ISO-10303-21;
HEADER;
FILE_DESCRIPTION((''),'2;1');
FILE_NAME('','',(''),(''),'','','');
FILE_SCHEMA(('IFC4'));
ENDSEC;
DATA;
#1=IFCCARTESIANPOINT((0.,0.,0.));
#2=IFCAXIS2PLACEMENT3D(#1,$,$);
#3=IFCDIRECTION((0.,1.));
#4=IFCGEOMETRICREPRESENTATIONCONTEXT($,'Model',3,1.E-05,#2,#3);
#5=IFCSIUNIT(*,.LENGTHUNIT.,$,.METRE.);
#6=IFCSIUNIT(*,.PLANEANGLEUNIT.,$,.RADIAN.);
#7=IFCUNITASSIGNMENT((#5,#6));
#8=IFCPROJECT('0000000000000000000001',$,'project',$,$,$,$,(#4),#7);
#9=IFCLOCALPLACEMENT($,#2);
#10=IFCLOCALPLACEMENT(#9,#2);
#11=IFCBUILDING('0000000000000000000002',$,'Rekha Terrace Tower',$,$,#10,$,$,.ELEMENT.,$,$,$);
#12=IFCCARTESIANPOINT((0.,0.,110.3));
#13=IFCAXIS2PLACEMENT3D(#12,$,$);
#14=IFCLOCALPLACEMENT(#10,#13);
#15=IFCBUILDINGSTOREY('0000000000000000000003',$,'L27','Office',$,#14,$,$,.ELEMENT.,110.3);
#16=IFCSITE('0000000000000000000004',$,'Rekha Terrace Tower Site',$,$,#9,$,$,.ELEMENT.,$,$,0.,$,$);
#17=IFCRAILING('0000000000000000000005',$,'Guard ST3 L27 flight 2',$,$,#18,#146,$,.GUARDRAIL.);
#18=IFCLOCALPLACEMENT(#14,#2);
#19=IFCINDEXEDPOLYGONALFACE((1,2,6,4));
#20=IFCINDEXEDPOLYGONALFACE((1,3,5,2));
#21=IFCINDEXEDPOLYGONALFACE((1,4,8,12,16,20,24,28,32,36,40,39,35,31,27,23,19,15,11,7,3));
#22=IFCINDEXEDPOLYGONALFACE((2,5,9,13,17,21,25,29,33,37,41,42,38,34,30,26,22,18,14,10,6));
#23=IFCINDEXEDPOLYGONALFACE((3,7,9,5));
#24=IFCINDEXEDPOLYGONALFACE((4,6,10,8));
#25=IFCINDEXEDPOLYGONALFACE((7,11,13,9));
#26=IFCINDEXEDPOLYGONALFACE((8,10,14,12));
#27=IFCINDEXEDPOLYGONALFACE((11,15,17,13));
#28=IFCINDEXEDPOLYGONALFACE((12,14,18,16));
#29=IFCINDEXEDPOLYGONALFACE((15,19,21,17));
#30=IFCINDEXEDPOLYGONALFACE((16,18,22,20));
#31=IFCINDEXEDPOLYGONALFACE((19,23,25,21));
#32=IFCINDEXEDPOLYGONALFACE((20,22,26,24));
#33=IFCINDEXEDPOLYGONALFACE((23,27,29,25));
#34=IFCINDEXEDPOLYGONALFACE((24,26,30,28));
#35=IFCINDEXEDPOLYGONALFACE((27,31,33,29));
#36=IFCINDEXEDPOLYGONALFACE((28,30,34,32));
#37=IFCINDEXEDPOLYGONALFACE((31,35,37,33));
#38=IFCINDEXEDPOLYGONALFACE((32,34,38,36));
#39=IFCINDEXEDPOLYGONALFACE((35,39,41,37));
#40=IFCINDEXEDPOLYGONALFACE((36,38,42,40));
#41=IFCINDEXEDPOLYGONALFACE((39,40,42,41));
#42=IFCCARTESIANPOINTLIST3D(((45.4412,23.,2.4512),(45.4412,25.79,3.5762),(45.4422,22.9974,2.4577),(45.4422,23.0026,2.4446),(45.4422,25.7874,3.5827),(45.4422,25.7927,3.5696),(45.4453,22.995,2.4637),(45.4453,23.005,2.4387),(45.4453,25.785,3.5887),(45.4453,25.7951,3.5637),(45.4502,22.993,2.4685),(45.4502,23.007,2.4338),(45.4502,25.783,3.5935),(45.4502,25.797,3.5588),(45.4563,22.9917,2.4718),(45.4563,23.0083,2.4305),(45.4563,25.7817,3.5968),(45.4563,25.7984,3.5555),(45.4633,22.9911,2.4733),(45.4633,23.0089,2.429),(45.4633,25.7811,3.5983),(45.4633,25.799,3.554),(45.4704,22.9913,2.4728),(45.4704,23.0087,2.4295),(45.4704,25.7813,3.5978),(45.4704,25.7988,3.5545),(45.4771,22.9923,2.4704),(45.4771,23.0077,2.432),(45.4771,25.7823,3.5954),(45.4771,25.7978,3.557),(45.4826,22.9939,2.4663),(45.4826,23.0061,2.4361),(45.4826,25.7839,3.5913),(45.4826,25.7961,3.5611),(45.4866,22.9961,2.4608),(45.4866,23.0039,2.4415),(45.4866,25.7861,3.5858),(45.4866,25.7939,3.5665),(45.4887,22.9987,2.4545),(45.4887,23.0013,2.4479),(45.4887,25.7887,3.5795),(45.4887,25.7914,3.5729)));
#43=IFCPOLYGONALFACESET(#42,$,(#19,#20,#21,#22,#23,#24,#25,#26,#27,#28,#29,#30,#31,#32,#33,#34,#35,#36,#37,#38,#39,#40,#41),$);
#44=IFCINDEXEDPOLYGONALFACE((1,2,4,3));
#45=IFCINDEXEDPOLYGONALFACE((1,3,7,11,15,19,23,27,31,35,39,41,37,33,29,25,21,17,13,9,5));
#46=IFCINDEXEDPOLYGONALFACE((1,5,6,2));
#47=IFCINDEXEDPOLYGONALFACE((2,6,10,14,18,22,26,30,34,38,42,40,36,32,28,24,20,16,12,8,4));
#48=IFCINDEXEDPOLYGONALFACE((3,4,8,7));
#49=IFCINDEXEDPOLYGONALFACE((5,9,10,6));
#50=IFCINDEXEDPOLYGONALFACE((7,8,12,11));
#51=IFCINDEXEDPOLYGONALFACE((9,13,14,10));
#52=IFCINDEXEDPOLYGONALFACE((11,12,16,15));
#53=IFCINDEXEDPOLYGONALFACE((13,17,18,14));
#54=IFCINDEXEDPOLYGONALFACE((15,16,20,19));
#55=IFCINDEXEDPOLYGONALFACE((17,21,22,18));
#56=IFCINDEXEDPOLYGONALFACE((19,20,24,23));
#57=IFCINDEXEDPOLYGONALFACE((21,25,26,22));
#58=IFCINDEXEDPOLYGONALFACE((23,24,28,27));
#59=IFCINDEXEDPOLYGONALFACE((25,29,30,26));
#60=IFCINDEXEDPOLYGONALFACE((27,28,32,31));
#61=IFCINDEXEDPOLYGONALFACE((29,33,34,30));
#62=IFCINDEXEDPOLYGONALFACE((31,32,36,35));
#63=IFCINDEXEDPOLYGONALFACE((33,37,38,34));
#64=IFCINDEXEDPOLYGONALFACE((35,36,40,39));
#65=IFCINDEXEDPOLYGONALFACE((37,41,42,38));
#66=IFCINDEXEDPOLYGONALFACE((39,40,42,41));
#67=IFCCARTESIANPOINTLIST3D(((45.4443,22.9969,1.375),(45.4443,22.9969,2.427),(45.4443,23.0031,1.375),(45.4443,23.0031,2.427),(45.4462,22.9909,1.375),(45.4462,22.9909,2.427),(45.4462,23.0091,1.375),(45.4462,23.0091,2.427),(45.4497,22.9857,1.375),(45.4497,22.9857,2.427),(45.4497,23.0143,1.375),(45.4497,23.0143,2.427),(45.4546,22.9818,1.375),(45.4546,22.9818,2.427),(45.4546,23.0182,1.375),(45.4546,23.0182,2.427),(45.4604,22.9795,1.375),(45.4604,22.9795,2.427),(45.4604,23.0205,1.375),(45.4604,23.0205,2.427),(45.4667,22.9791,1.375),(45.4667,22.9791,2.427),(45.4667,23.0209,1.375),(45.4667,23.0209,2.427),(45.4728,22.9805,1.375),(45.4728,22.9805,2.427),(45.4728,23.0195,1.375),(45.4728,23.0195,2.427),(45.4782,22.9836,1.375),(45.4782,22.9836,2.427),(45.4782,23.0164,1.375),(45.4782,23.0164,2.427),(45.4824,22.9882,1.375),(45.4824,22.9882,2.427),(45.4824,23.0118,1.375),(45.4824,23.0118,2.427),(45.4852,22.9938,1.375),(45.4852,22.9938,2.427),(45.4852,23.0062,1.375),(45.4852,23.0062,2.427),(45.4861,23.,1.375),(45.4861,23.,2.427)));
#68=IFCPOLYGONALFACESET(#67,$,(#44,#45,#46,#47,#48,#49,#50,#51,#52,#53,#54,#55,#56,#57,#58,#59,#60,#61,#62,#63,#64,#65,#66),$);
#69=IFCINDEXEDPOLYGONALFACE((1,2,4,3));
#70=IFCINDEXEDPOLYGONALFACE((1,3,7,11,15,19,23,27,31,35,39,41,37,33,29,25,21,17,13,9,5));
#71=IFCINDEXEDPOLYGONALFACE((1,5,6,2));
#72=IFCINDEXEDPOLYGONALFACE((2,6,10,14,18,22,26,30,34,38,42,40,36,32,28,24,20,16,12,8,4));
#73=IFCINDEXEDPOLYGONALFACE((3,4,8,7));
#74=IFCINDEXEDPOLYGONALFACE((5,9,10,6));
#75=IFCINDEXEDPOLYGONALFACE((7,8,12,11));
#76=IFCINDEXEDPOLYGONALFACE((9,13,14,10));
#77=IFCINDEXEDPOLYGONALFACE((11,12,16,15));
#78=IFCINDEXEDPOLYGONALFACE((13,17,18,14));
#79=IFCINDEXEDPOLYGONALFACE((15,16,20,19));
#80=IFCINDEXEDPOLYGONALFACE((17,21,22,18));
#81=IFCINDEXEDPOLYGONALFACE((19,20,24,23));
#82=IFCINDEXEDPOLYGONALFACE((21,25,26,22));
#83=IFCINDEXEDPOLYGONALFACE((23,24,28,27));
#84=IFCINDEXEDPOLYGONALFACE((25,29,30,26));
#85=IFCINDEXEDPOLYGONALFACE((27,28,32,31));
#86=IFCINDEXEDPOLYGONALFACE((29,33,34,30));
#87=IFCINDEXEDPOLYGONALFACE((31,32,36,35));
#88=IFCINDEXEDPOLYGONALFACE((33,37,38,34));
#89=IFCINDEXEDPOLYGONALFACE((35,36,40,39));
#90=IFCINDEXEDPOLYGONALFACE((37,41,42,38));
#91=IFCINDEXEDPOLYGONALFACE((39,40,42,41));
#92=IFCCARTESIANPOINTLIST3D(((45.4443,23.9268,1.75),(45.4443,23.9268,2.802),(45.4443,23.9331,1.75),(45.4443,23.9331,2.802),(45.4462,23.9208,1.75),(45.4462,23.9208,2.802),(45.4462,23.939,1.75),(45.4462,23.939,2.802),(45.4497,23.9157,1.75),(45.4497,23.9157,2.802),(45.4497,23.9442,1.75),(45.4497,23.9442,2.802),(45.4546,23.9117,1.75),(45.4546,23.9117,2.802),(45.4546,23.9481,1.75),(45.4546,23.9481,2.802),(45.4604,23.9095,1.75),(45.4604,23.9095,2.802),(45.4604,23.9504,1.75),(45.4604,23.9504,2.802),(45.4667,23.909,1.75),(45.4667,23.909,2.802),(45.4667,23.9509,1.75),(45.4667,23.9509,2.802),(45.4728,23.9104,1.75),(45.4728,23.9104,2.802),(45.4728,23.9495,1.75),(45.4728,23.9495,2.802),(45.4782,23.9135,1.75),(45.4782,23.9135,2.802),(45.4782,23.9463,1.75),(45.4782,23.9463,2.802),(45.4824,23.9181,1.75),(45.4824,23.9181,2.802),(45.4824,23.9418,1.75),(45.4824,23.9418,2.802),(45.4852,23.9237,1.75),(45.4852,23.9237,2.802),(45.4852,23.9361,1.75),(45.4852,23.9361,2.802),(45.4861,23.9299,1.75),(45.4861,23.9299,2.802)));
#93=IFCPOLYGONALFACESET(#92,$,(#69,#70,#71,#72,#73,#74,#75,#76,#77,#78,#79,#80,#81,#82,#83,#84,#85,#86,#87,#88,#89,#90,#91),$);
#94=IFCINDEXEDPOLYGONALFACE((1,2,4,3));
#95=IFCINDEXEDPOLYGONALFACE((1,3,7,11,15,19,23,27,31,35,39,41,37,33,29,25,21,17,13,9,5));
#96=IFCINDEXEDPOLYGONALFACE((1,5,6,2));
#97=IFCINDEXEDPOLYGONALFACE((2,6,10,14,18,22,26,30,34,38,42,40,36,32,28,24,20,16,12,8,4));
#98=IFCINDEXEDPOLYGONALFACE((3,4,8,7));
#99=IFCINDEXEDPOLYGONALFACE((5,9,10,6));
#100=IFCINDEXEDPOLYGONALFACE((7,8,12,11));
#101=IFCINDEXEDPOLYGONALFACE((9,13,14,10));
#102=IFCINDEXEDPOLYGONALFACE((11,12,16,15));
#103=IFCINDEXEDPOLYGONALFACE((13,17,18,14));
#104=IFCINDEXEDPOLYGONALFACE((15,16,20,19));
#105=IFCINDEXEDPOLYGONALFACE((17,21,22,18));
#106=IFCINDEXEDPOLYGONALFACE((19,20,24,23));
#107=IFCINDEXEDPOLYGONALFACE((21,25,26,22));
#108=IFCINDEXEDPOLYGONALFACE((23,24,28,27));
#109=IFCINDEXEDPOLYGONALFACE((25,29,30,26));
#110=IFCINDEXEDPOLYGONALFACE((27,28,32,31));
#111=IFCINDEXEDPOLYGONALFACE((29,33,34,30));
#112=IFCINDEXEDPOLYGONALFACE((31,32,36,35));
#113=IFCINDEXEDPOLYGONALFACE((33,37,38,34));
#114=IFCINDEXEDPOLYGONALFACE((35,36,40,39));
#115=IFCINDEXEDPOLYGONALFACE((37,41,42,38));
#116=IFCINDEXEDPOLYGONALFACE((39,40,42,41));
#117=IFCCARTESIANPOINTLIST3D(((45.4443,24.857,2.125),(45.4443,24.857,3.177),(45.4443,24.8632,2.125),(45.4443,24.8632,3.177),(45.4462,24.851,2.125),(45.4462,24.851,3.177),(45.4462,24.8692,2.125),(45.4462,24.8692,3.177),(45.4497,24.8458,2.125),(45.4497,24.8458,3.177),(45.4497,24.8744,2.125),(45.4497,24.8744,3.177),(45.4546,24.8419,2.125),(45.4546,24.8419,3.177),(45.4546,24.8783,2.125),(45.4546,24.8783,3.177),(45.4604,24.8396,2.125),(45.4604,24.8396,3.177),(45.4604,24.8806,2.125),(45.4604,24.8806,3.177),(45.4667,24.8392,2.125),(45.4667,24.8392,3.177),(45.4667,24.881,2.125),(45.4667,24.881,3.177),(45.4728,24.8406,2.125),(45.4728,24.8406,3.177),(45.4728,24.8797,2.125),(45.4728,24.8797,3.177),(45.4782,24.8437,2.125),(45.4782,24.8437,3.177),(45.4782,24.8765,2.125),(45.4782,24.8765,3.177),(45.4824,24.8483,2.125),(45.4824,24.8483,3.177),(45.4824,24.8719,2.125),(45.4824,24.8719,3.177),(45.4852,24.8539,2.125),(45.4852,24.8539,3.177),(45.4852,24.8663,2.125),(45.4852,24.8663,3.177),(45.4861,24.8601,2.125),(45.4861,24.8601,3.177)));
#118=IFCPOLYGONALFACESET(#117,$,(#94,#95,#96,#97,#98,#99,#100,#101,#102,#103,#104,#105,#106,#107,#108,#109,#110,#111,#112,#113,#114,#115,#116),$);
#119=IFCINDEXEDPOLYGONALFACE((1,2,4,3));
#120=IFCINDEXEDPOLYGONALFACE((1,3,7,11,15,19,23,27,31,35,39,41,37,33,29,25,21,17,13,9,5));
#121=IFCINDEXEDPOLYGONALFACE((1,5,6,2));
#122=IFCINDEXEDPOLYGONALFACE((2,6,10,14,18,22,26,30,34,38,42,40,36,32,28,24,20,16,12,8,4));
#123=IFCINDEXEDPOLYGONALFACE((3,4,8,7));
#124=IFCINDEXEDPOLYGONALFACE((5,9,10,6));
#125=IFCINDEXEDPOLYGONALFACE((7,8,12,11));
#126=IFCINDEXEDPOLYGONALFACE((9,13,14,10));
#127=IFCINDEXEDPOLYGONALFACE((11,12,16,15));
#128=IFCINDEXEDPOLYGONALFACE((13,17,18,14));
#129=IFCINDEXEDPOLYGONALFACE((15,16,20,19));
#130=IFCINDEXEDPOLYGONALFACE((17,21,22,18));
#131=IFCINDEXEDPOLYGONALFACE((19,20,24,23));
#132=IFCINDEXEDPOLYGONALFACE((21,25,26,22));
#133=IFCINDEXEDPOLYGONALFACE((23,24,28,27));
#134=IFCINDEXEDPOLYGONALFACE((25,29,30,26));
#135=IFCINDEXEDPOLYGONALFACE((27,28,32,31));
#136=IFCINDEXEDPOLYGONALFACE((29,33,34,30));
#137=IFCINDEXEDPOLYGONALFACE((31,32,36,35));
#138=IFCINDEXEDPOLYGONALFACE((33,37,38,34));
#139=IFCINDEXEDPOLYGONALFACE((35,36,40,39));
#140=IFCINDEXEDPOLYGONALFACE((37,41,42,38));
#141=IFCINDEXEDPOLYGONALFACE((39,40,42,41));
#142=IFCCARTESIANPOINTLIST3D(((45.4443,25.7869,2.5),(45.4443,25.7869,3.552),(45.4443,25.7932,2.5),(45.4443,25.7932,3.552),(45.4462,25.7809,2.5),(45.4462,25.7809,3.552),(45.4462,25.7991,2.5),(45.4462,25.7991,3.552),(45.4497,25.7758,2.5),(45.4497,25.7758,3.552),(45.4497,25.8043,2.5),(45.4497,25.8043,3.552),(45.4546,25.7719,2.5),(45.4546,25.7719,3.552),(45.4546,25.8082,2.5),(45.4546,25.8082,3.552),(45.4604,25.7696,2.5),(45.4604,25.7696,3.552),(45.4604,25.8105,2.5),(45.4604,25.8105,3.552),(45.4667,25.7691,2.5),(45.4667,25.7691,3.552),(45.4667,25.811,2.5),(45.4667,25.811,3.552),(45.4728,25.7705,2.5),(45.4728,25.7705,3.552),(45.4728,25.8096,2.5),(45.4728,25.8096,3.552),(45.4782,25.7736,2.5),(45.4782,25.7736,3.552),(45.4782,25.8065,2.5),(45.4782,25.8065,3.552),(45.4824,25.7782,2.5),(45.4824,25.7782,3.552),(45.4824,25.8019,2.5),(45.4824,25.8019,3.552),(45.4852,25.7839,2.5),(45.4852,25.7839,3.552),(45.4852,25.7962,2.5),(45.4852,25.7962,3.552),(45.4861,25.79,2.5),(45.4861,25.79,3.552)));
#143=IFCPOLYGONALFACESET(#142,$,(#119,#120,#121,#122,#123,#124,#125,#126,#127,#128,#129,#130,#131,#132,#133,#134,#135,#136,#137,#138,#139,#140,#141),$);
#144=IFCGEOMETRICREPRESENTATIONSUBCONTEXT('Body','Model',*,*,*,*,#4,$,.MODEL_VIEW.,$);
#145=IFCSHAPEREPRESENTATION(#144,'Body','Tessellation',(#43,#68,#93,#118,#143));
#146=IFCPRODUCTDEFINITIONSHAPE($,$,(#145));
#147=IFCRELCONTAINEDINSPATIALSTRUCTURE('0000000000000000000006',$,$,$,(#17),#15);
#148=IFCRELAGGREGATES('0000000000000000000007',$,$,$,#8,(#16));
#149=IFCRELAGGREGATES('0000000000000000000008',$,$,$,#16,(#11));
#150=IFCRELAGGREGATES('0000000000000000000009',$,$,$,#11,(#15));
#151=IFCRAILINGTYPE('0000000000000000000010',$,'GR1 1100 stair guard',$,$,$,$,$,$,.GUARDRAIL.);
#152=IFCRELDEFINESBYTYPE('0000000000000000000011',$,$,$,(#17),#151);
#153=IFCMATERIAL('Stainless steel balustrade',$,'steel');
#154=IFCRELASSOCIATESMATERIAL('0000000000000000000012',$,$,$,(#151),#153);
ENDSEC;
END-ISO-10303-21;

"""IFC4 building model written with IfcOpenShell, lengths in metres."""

from ifc_helpers import new_model, si_unit, direction, frame, origin, origin_2d, place, context, subcontext, project, spatial, circle, extrude, material, type_object, element, save


model = new_model("IFC4")

# Units and contexts
model_context = context("Model", 3, precision=1e-05, world=origin(), true_north=direction((0.0, 1.0)))
body_context = subcontext(model_context, "Body", "Model", "MODEL_VIEW")
ifc_project = project(units=[si_unit("LENGTHUNIT", "METRE"), si_unit("PLANEANGLEUNIT", "RADIAN")], contexts=[model_context])

# Site, building, storey
site_placement = place(None, origin())
site = spatial("IfcSite", under=ifc_project, at=site_placement, Name="Rekha Terrace Tower Site", CompositionType="ELEMENT", RefElevation=0.0)
building_placement = place(site_placement, origin())
building = spatial("IfcBuilding", under=site, at=building_placement, Name="Rekha Terrace Tower", CompositionType="ELEMENT")
storey_placement = place(building_placement, frame((0.0, 0.0, 110.3)))
storey = spatial("IfcBuildingStorey", under=building, at=storey_placement, Name="L27", Description="Office", CompositionType="ELEMENT", Elevation=110.3)

# Railing
ifc_material_1 = material(Name="Stainless steel balustrade", Category="steel")
railing_type_1 = type_object("IfcRailingType", Name="GR1 1100 stair guard", PredefinedType="GUARDRAIL", material=ifc_material_1)
railing_1_placement = place(storey_placement, frame((45.4651, 23.0, 1.375)))
element("IfcRailing", 1, at=railing_1_placement, inside=storey, type_object=railing_type_1, Name="Guard ST3 L27 flight 2", PredefinedType="GUARDRAIL", context=body_context, shape_type="SweptSolid", body=[
    extrude(circle(Radius=0.0239, at=origin_2d()), frame((0.0, 0.0, 1.0762), z_axis=(0.0, 0.927443, 0.373964), x_axis=(-1.0, 0.0, 0.0)), (0.0, 0.0, 1.0), 3.0083),
    extrude(circle(Radius=0.021, at=origin_2d()), origin(), (0.0, 0.0, 1.0), 1.052),
    extrude(circle(Radius=0.021, at=origin_2d()), frame((0.0, 0.9299, 0.375)), (0.0, 0.0, 1.0), 1.052),
    extrude(circle(Radius=0.021, at=origin_2d()), frame((0.0, 1.8601, 0.75)), (0.0, 0.0, 1.0), 1.052),
    extrude(circle(Radius=0.021, at=origin_2d()), frame((0.0, 2.79, 1.125)), (0.0, 0.0, 1.0), 1.052),
])

save(model, "model.ifc")
